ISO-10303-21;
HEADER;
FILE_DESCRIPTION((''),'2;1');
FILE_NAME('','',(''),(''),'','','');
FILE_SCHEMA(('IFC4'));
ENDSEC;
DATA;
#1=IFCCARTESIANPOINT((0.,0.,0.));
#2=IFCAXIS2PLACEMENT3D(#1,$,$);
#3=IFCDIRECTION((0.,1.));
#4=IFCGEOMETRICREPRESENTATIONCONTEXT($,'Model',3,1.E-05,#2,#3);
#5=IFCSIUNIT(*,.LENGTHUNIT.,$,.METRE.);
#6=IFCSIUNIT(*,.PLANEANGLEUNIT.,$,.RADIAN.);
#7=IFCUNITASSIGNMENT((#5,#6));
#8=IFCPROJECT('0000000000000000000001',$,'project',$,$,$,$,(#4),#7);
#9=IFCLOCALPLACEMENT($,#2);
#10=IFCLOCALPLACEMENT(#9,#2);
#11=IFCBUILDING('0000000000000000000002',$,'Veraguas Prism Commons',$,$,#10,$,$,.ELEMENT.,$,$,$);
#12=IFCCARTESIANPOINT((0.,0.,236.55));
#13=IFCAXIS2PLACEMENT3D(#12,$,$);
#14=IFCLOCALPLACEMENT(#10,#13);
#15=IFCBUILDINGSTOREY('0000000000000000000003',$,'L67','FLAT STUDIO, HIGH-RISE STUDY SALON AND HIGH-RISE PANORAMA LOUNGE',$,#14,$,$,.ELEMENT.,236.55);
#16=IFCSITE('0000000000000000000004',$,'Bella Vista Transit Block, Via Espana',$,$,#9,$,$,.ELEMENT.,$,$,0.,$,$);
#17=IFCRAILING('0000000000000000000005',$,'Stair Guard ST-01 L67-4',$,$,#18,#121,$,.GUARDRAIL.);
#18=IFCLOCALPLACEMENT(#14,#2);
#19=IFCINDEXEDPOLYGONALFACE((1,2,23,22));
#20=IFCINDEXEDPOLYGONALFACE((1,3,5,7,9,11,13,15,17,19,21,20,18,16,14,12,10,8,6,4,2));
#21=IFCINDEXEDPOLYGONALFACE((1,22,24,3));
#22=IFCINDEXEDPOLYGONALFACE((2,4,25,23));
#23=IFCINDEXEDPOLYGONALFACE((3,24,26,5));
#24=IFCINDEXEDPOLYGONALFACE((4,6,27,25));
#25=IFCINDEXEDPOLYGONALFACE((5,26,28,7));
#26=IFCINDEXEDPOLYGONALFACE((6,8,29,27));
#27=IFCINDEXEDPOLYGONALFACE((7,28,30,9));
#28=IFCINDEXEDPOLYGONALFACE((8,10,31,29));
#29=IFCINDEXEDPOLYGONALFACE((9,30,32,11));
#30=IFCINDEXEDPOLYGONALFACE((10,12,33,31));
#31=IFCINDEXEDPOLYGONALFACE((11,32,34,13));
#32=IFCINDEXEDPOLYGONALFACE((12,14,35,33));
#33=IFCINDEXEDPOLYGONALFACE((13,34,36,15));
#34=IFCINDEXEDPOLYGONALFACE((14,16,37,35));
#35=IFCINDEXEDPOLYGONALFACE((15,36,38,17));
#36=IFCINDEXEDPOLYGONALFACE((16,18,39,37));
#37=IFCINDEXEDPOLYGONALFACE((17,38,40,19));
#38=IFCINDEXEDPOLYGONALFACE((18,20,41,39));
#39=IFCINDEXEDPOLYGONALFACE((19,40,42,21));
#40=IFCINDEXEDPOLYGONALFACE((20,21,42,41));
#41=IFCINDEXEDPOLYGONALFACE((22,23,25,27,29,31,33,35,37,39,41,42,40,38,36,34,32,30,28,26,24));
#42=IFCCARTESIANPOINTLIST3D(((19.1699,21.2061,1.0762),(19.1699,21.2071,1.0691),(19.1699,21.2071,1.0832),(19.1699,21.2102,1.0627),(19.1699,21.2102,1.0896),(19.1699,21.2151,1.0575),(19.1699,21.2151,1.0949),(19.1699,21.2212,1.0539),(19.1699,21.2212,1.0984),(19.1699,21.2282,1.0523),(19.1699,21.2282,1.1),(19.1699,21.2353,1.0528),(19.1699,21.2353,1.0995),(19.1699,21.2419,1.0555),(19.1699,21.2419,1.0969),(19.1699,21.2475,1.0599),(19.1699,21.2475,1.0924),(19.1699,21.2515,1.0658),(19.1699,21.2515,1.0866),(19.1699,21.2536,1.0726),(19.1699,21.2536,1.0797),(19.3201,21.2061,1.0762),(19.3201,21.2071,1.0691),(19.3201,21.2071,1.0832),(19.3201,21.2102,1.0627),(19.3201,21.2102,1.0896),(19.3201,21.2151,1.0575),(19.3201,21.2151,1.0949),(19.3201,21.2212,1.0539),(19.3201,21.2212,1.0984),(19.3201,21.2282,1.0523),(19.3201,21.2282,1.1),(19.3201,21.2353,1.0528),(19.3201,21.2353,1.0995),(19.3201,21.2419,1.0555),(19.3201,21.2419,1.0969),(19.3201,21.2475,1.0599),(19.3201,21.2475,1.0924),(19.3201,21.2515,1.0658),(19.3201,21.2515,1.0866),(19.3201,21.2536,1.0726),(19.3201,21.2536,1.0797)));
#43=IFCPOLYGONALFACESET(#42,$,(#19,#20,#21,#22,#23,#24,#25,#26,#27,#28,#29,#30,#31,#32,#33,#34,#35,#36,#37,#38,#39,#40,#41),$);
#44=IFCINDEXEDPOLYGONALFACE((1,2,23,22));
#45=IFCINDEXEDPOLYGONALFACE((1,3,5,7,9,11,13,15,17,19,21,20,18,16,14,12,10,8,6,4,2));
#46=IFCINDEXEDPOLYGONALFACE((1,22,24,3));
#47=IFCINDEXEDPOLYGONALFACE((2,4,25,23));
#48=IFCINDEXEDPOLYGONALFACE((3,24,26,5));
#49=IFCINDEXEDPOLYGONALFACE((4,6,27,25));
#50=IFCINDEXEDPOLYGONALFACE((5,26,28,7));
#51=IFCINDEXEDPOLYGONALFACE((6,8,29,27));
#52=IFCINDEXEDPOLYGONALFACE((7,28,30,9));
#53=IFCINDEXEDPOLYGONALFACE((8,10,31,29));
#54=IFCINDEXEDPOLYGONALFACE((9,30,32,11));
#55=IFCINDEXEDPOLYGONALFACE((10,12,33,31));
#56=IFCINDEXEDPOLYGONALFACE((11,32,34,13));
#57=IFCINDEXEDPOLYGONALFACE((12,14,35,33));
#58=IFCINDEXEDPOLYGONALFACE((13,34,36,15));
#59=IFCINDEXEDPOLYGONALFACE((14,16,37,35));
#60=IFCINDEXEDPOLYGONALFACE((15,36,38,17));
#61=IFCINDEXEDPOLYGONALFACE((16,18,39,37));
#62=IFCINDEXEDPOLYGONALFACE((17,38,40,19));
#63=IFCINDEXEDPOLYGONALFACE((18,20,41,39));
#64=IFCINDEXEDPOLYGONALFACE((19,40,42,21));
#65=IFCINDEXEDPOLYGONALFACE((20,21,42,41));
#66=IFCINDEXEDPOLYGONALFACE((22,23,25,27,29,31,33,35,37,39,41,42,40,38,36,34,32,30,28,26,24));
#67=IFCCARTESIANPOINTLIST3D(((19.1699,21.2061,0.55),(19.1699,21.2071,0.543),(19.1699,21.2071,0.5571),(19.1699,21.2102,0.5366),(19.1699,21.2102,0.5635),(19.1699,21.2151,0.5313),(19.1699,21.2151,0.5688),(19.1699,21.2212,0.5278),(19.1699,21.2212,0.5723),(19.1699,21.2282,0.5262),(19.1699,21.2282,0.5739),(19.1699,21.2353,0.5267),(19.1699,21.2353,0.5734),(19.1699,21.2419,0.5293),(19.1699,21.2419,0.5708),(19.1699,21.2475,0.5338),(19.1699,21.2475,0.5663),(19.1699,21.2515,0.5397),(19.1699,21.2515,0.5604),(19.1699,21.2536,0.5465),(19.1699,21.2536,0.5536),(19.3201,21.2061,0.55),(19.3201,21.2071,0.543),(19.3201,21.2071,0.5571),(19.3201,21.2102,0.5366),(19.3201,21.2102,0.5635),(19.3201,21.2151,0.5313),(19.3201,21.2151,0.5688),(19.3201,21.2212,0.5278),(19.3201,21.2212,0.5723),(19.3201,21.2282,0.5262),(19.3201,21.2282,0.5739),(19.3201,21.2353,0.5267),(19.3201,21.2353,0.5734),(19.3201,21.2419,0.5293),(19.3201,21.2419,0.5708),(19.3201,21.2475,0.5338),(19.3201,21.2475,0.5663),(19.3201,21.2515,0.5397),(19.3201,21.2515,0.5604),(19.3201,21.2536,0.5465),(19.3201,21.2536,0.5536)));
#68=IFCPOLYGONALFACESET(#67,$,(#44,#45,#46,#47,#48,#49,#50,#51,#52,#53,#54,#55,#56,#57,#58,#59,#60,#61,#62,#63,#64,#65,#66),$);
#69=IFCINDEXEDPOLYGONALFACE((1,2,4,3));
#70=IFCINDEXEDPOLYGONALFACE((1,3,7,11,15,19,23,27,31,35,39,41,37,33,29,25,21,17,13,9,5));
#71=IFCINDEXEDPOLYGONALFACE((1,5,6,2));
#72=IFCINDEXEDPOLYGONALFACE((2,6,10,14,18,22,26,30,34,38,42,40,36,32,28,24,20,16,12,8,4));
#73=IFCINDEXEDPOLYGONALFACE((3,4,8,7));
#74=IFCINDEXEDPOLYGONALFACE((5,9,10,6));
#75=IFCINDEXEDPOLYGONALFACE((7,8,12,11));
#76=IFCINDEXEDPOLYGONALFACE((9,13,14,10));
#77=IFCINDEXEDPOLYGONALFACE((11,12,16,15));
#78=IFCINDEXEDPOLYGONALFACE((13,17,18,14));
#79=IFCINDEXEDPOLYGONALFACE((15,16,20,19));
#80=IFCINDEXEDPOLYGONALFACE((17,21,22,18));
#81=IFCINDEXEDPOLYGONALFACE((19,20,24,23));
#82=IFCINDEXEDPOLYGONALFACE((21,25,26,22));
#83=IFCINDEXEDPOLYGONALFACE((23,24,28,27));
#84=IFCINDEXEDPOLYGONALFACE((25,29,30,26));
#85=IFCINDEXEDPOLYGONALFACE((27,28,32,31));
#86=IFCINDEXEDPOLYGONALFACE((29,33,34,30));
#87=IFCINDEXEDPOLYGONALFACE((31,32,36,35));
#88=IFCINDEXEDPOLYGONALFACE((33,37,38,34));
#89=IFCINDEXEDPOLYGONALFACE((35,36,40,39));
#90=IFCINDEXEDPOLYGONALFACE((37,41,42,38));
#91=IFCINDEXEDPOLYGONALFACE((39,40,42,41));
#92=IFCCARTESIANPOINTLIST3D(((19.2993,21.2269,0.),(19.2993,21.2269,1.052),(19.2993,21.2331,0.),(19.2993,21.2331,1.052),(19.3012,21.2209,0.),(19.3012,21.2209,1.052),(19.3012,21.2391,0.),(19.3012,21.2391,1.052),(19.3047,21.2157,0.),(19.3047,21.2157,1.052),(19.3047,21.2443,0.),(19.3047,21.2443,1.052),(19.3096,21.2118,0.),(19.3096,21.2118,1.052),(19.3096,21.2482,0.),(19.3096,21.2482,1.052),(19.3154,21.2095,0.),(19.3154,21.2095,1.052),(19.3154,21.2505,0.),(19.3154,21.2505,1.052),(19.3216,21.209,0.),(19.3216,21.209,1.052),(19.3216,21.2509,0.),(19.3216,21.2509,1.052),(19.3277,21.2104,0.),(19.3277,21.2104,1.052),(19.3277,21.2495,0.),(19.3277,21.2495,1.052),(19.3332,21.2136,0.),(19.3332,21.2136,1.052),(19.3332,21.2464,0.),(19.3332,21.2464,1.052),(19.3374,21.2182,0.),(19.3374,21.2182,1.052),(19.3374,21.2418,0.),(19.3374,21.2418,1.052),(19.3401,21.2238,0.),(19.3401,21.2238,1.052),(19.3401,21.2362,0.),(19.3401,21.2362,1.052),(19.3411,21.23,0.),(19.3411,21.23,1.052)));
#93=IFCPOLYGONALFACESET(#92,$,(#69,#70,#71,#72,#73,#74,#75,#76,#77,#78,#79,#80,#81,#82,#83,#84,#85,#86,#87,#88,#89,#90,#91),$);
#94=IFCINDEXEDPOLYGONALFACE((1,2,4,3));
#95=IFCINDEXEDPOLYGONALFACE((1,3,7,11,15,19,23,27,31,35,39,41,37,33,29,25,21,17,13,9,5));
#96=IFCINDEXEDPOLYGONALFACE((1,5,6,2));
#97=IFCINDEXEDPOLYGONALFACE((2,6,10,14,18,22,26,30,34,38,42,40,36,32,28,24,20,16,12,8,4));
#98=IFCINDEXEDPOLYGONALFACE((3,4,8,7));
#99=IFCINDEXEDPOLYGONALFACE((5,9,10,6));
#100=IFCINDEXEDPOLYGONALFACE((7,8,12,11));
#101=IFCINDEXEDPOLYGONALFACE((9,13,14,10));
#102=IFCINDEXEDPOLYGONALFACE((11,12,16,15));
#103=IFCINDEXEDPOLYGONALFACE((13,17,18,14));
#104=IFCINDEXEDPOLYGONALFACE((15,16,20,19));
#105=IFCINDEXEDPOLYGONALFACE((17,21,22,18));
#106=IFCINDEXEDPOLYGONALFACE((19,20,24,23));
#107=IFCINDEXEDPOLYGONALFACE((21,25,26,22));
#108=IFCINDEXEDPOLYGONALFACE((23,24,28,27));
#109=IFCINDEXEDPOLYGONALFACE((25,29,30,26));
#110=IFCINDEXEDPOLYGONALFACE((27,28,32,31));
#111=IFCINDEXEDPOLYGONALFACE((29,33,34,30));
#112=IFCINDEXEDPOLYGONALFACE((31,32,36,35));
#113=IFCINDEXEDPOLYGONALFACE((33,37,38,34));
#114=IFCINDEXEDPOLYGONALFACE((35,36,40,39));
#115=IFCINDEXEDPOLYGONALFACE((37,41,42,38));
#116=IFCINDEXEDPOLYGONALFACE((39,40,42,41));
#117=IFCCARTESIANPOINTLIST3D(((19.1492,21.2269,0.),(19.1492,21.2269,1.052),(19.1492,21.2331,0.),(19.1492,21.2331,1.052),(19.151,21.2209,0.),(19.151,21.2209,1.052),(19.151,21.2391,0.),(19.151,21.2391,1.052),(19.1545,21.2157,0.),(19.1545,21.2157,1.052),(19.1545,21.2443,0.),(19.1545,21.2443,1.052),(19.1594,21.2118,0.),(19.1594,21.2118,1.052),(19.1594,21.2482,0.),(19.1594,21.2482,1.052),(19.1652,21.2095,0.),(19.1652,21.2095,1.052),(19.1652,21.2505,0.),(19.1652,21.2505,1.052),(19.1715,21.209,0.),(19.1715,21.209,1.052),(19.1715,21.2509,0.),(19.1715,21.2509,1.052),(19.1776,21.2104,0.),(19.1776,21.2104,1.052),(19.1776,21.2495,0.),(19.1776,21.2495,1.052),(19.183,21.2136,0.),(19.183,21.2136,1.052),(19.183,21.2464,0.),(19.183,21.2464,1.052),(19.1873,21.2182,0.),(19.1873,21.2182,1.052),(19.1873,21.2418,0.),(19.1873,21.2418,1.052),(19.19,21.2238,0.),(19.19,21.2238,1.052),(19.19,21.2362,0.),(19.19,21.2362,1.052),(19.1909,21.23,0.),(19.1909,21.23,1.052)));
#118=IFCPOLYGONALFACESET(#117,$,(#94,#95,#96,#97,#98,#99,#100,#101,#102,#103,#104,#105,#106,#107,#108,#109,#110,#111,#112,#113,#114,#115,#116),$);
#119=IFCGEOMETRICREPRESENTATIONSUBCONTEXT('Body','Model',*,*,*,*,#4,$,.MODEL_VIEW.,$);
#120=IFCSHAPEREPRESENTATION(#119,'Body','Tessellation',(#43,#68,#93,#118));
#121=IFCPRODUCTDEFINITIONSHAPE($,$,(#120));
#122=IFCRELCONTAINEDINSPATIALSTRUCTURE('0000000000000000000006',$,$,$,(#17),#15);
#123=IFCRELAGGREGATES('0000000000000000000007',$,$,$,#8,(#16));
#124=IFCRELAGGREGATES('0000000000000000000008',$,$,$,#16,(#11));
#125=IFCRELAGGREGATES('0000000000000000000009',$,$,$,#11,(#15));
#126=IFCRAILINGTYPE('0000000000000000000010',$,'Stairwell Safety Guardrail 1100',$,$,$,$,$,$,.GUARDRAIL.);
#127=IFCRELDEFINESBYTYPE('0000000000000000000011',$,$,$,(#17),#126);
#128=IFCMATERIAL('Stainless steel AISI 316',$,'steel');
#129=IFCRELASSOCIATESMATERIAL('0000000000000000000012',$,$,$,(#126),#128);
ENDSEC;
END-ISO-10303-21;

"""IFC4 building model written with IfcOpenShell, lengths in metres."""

from ifc_helpers import new_model, si_unit, direction, frame, origin, origin_2d, place, context, subcontext, project, spatial, circle, extrude, material, type_object, element, save


model = new_model("IFC4")

# Units and contexts
model_context = context("Model", 3, precision=1e-05, world=origin(), true_north=direction((0.0, 1.0)))
body_context = subcontext(model_context, "Body", "Model", "MODEL_VIEW")
ifc_project = project(units=[si_unit("LENGTHUNIT", "METRE"), si_unit("PLANEANGLEUNIT", "RADIAN")], contexts=[model_context])

# Site, building, storey
site_placement = place(None, origin())
site = spatial("IfcSite", under=ifc_project, at=site_placement, Name="Bella Vista Transit Block, Via Espana", CompositionType="ELEMENT", RefElevation=0.0)
building_placement = place(site_placement, origin())
building = spatial("IfcBuilding", under=site, at=building_placement, Name="Veraguas Prism Commons", CompositionType="ELEMENT")
storey_placement = place(building_placement, frame((0.0, 0.0, 236.55)))
storey = spatial("IfcBuildingStorey", under=building, at=storey_placement, Name="L67", Description="FLAT STUDIO, HIGH-RISE STUDY SALON AND HIGH-RISE PANORAMA LOUNGE", CompositionType="ELEMENT", Elevation=236.55)

# Railing
ifc_material_1 = material(Name="Stainless steel AISI 316", Category="steel")
railing_type_1 = type_object("IfcRailingType", Name="Stairwell Safety Guardrail 1100", PredefinedType="GUARDRAIL", material=ifc_material_1)
railing_1_placement = place(storey_placement, frame((19.3201, 21.23, 0.0)))
element("IfcRailing", 1, at=railing_1_placement, inside=storey, type_object=railing_type_1, Name="Stair Guard ST-01 L67-4", PredefinedType="GUARDRAIL", context=body_context, shape_type="SweptSolid", body=[
    extrude(circle(Radius=0.0239, at=origin_2d()), frame((0.0, 0.0, 1.0762), z_axis=(-1.0, 0.0, 0.0), x_axis=(0.0, -1.0, 0.0)), (0.0, 0.0, 1.0), 0.1501),
    extrude(circle(Radius=0.0239, at=origin_2d()), frame((0.0, 0.0, 0.55), z_axis=(-1.0, 0.0, 0.0), x_axis=(0.0, -1.0, 0.0)), (0.0, 0.0, 1.0), 0.1501),
    extrude(circle(Radius=0.021, at=origin_2d()), origin(), (0.0, 0.0, 1.0), 1.052),
    extrude(circle(Radius=0.021, at=origin_2d()), frame((-0.1501, 0.0, 0.0)), (0.0, 0.0, 1.0), 1.052),
])

save(model, "model.ifc")
